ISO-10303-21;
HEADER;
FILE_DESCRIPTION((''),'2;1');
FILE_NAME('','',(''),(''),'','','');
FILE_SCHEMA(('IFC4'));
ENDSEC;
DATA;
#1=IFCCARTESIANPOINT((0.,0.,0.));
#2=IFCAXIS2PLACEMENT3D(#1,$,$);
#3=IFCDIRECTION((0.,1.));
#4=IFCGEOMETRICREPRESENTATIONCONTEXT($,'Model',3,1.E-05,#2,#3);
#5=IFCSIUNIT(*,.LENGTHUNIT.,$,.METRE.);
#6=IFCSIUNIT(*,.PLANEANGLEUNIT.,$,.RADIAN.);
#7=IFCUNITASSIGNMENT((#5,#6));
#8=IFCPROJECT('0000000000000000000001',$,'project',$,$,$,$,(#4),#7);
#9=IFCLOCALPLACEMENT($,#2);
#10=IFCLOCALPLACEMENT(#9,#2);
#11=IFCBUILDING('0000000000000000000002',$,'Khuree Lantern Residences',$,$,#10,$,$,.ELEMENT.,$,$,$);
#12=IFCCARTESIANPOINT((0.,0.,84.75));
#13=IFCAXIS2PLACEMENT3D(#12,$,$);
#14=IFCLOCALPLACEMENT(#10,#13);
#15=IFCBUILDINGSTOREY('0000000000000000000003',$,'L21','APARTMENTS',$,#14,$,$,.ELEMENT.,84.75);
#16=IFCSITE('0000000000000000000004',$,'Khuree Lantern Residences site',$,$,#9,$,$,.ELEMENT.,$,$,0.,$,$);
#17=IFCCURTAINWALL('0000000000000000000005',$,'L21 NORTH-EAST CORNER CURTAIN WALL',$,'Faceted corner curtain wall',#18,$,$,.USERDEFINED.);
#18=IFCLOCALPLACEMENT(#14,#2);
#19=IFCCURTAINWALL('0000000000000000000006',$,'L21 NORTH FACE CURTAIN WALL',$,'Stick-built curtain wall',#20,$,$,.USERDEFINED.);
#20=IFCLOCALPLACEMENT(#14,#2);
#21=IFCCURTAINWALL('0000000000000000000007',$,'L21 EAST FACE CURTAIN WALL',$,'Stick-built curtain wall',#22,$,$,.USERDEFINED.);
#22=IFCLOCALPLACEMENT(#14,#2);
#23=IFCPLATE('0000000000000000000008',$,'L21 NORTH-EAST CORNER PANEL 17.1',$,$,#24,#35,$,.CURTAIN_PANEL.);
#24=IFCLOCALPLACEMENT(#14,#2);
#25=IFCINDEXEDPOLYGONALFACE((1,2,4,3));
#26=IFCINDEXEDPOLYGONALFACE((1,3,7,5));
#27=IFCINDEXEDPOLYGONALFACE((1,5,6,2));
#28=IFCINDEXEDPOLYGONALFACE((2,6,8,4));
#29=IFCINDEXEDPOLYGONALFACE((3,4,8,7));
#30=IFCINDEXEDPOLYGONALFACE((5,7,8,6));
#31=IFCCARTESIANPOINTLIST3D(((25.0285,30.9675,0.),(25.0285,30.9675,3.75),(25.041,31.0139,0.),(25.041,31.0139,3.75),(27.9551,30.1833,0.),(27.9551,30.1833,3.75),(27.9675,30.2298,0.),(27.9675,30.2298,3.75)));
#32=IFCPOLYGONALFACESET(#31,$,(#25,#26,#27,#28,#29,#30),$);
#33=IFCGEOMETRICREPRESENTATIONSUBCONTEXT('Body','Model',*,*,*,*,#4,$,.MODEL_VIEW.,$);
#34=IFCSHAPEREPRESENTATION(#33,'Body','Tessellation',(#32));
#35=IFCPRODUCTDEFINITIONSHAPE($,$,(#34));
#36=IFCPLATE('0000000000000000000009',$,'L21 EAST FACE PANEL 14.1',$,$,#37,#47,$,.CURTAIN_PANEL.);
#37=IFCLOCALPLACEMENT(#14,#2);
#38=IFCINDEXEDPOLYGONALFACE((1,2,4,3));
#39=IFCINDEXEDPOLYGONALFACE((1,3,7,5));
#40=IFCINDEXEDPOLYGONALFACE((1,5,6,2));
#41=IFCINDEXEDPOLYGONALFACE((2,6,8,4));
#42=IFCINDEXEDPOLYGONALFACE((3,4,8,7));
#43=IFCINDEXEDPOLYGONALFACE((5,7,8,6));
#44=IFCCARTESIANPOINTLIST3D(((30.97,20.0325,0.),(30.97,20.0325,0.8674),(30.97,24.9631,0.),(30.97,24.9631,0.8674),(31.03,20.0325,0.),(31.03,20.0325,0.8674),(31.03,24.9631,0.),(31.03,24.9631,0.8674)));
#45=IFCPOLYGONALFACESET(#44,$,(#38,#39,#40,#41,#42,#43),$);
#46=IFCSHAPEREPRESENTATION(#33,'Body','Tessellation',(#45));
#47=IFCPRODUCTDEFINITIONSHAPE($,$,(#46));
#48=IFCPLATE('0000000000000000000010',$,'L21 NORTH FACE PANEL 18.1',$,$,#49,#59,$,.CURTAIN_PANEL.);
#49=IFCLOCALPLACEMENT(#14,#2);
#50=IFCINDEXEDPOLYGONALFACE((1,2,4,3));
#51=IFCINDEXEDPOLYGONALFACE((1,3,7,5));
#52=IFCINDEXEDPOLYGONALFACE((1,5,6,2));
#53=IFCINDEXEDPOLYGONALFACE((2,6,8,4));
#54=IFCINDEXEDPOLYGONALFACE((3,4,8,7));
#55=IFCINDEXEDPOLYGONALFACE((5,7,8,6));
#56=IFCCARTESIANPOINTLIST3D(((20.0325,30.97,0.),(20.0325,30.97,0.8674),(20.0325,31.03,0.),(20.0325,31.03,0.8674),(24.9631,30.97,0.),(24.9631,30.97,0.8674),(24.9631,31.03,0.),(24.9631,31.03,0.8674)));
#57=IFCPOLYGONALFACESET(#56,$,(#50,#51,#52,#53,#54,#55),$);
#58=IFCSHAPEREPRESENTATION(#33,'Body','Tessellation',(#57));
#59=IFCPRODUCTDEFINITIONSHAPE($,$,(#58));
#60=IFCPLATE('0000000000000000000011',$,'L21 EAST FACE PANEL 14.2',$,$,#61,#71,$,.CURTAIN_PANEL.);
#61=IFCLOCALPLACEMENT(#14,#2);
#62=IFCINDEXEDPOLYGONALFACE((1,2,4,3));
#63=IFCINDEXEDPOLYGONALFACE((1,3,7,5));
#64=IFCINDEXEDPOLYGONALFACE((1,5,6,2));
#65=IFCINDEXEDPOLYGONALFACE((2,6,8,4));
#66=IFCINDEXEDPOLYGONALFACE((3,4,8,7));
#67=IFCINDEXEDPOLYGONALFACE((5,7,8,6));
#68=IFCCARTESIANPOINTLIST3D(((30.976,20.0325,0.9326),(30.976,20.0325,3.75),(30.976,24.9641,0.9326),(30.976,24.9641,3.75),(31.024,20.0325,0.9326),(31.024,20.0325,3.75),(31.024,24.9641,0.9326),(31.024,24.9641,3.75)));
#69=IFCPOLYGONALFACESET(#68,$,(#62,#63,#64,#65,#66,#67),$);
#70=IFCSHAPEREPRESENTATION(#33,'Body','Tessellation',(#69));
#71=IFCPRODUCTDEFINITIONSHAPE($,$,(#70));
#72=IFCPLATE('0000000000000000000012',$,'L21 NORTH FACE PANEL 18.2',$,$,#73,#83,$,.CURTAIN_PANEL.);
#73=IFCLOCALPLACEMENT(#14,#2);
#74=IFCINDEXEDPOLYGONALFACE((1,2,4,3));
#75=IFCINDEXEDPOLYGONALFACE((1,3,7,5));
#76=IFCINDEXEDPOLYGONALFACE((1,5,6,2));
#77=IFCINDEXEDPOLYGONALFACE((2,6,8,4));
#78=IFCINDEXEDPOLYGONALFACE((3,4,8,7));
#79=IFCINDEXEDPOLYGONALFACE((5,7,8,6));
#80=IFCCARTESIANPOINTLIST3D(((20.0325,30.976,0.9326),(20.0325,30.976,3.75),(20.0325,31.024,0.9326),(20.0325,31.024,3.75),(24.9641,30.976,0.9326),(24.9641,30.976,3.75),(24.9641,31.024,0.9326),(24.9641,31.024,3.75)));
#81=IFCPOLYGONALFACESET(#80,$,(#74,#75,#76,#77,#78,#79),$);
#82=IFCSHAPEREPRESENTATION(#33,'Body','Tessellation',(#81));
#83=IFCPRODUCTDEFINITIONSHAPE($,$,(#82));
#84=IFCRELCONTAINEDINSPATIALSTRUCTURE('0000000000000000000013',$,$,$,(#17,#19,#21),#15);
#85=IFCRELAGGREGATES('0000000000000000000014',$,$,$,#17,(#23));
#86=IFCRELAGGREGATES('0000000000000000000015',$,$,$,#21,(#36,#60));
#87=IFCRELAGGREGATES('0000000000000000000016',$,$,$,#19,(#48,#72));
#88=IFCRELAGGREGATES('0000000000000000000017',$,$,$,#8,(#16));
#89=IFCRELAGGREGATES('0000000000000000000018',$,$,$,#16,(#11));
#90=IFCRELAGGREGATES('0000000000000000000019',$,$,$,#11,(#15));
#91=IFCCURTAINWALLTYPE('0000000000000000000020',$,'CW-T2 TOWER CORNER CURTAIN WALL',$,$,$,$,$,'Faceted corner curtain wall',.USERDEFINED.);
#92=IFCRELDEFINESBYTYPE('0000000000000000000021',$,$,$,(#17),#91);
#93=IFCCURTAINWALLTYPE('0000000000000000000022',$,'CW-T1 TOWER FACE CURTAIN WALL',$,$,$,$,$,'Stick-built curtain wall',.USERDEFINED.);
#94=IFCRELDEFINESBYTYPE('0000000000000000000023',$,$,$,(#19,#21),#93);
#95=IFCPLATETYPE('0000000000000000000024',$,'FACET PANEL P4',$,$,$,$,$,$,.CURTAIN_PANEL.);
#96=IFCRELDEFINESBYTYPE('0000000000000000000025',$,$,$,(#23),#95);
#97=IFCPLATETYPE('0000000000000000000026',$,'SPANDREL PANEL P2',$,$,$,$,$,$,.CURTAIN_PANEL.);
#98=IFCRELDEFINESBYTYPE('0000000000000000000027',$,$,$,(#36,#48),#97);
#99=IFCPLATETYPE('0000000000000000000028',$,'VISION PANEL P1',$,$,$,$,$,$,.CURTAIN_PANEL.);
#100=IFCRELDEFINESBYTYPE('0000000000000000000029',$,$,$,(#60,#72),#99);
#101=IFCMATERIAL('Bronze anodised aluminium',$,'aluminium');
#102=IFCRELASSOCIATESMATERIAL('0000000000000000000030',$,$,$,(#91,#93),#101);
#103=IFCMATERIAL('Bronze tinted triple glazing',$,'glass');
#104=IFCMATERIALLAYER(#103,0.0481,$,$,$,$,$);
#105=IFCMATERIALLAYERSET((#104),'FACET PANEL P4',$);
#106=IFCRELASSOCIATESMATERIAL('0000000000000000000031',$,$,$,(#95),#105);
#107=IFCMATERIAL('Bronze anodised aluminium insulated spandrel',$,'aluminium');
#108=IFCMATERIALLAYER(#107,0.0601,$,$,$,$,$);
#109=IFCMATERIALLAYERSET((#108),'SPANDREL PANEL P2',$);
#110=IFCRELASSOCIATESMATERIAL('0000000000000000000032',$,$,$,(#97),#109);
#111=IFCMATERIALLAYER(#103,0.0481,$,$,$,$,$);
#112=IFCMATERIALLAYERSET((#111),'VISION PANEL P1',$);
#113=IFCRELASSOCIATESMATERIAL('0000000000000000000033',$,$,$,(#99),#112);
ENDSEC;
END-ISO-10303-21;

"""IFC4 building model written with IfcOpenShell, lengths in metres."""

from ifc_helpers import new_model, si_unit, direction, frame, origin, origin_2d, place, context, subcontext, project, spatial, rectangle, extrude, material, layer, layer_set, type_object, element, aggregate, save


model = new_model("IFC4")

# Units and contexts
model_context = context("Model", 3, precision=1e-05, world=origin(), true_north=direction((0.0, 1.0)))
body_context = subcontext(model_context, "Body", "Model", "MODEL_VIEW")
ifc_project = project(units=[si_unit("LENGTHUNIT", "METRE"), si_unit("PLANEANGLEUNIT", "RADIAN")], contexts=[model_context])

# Site, building, storey
site_placement = place(None, origin())
site = spatial("IfcSite", under=ifc_project, at=site_placement, Name="Khuree Lantern Residences site", CompositionType="ELEMENT", RefElevation=0.0)
building_placement = place(site_placement, origin())
building = spatial("IfcBuilding", under=site, at=building_placement, Name="Khuree Lantern Residences", CompositionType="ELEMENT")
storey_placement = place(building_placement, frame((0.0, 0.0, 84.75)))
storey = spatial("IfcBuildingStorey", under=building, at=storey_placement, Name="L21", Description="APARTMENTS", CompositionType="ELEMENT", Elevation=84.75)

# Curtain walls
ifc_material_1 = material(Name="Bronze anodised aluminium", Category="aluminium")
curtain_wall_type_1 = type_object("IfcCurtainWallType", Name="CW-T2 TOWER CORNER CURTAIN WALL", ElementType="Faceted corner curtain wall", PredefinedType="USERDEFINED", material=ifc_material_1)
curtain_wall_1_placement = place(storey_placement, origin())
curtain_wall_1 = element("IfcCurtainWall", 1, at=curtain_wall_1_placement, inside=storey, type_object=curtain_wall_type_1, Name="L21 NORTH-EAST CORNER CURTAIN WALL", ObjectType="Faceted corner curtain wall", PredefinedType="USERDEFINED")
curtain_wall_type_2 = type_object("IfcCurtainWallType", Name="CW-T1 TOWER FACE CURTAIN WALL", ElementType="Stick-built curtain wall", PredefinedType="USERDEFINED", material=ifc_material_1)
curtain_wall_2_placement = place(storey_placement, origin())
curtain_wall_2 = element("IfcCurtainWall", 2, at=curtain_wall_2_placement, inside=storey, type_object=curtain_wall_type_2, Name="L21 NORTH FACE CURTAIN WALL", ObjectType="Stick-built curtain wall", PredefinedType="USERDEFINED")

# Curtain wall
curtain_wall_3_placement = place(storey_placement, origin())
curtain_wall_3 = element("IfcCurtainWall", 3, at=curtain_wall_3_placement, inside=storey, type_object=curtain_wall_type_2, Name="L21 EAST FACE CURTAIN WALL", ObjectType="Stick-built curtain wall", PredefinedType="USERDEFINED")

# Plates
ifc_material_2 = material(Name="Bronze tinted triple glazing", Category="glass")
ifc_layer_1 = layer(ifc_material_2, 0.0481)
ifc_layer_set_1 = layer_set([ifc_layer_1], Name="FACET PANEL P4")
plate_type_1 = type_object("IfcPlateType", Name="FACET PANEL P4", PredefinedType="CURTAIN_PANEL", material=ifc_layer_set_1)
plate_1_placement = place(storey_placement, frame((26.498, 30.5986, 0.0), z_axis=(0.0, 0.0, 1.0), x_axis=(-0.965926, 0.258819, 0.0)))
plate_1 = element("IfcPlate", 4, at=plate_1_placement, type_object=plate_type_1, Name="L21 NORTH-EAST CORNER PANEL 17.1", PredefinedType="CURTAIN_PANEL", context=body_context, shape_type="SweptSolid", body=[
    extrude(rectangle(XDim=3.0298, YDim=0.0481, at=origin_2d()), origin(), (0.0, 0.0, 1.0), 3.75),
])
aggregate(curtain_wall_1, [plate_1])
ifc_material_3 = material(Name="Bronze anodised aluminium insulated spandrel", Category="aluminium")
ifc_layer_2 = layer(ifc_material_3, 0.0601)
ifc_layer_set_2 = layer_set([ifc_layer_2], Name="SPANDREL PANEL P2")
plate_type_2 = type_object("IfcPlateType", Name="SPANDREL PANEL P2", PredefinedType="CURTAIN_PANEL", material=ifc_layer_set_2)
plate_2_placement = place(storey_placement, frame((31.0, 22.4978, 0.0), z_axis=(0.0, 0.0, 1.0), x_axis=(0.0, 1.0, 0.0)))
plate_2 = element("IfcPlate", 5, at=plate_2_placement, type_object=plate_type_2, Name="L21 EAST FACE PANEL 14.1", PredefinedType="CURTAIN_PANEL", context=body_context, shape_type="SweptSolid", body=[
    extrude(rectangle(XDim=4.9307, YDim=0.0601, at=origin_2d()), origin(), (0.0, 0.0, 1.0), 0.8674),
])
plate_3_placement = place(storey_placement, frame((22.4978, 31.0, 0.0), z_axis=(0.0, 0.0, 1.0), x_axis=(-1.0, 0.0, 0.0)))
plate_3 = element("IfcPlate", 6, at=plate_3_placement, type_object=plate_type_2, Name="L21 NORTH FACE PANEL 18.1", PredefinedType="CURTAIN_PANEL", context=body_context, shape_type="SweptSolid", body=[
    extrude(rectangle(XDim=4.9307, YDim=0.0601, at=origin_2d()), origin(), (0.0, 0.0, 1.0), 0.8674),
])
ifc_layer_3 = layer(ifc_material_2, 0.0481)
ifc_layer_set_3 = layer_set([ifc_layer_3], Name="VISION PANEL P1")
plate_type_3 = type_object("IfcPlateType", Name="VISION PANEL P1", PredefinedType="CURTAIN_PANEL", material=ifc_layer_set_3)
plate_4_placement = place(storey_placement, frame((31.0, 22.4983, 0.9326), z_axis=(0.0, 0.0, 1.0), x_axis=(0.0, 1.0, 0.0)))
plate_4 = element("IfcPlate", 7, at=plate_4_placement, type_object=plate_type_3, Name="L21 EAST FACE PANEL 14.2", PredefinedType="CURTAIN_PANEL", context=body_context, shape_type="SweptSolid", body=[
    extrude(rectangle(XDim=4.9316, YDim=0.0481, at=origin_2d()), origin(), (0.0, 0.0, 1.0), 2.8174),
])
aggregate(curtain_wall_3, [plate_2, plate_4])
plate_5_placement = place(storey_placement, frame((22.4983, 31.0, 0.9326), z_axis=(0.0, 0.0, 1.0), x_axis=(-1.0, 0.0, 0.0)))
plate_5 = element("IfcPlate", 8, at=plate_5_placement, type_object=plate_type_3, Name="L21 NORTH FACE PANEL 18.2", PredefinedType="CURTAIN_PANEL", context=body_context, shape_type="SweptSolid", body=[
    extrude(rectangle(XDim=4.9316, YDim=0.0481, at=origin_2d()), origin(), (0.0, 0.0, 1.0), 2.8174),
])
aggregate(curtain_wall_2, [plate_3, plate_5])

save(model, "model.ifc")
